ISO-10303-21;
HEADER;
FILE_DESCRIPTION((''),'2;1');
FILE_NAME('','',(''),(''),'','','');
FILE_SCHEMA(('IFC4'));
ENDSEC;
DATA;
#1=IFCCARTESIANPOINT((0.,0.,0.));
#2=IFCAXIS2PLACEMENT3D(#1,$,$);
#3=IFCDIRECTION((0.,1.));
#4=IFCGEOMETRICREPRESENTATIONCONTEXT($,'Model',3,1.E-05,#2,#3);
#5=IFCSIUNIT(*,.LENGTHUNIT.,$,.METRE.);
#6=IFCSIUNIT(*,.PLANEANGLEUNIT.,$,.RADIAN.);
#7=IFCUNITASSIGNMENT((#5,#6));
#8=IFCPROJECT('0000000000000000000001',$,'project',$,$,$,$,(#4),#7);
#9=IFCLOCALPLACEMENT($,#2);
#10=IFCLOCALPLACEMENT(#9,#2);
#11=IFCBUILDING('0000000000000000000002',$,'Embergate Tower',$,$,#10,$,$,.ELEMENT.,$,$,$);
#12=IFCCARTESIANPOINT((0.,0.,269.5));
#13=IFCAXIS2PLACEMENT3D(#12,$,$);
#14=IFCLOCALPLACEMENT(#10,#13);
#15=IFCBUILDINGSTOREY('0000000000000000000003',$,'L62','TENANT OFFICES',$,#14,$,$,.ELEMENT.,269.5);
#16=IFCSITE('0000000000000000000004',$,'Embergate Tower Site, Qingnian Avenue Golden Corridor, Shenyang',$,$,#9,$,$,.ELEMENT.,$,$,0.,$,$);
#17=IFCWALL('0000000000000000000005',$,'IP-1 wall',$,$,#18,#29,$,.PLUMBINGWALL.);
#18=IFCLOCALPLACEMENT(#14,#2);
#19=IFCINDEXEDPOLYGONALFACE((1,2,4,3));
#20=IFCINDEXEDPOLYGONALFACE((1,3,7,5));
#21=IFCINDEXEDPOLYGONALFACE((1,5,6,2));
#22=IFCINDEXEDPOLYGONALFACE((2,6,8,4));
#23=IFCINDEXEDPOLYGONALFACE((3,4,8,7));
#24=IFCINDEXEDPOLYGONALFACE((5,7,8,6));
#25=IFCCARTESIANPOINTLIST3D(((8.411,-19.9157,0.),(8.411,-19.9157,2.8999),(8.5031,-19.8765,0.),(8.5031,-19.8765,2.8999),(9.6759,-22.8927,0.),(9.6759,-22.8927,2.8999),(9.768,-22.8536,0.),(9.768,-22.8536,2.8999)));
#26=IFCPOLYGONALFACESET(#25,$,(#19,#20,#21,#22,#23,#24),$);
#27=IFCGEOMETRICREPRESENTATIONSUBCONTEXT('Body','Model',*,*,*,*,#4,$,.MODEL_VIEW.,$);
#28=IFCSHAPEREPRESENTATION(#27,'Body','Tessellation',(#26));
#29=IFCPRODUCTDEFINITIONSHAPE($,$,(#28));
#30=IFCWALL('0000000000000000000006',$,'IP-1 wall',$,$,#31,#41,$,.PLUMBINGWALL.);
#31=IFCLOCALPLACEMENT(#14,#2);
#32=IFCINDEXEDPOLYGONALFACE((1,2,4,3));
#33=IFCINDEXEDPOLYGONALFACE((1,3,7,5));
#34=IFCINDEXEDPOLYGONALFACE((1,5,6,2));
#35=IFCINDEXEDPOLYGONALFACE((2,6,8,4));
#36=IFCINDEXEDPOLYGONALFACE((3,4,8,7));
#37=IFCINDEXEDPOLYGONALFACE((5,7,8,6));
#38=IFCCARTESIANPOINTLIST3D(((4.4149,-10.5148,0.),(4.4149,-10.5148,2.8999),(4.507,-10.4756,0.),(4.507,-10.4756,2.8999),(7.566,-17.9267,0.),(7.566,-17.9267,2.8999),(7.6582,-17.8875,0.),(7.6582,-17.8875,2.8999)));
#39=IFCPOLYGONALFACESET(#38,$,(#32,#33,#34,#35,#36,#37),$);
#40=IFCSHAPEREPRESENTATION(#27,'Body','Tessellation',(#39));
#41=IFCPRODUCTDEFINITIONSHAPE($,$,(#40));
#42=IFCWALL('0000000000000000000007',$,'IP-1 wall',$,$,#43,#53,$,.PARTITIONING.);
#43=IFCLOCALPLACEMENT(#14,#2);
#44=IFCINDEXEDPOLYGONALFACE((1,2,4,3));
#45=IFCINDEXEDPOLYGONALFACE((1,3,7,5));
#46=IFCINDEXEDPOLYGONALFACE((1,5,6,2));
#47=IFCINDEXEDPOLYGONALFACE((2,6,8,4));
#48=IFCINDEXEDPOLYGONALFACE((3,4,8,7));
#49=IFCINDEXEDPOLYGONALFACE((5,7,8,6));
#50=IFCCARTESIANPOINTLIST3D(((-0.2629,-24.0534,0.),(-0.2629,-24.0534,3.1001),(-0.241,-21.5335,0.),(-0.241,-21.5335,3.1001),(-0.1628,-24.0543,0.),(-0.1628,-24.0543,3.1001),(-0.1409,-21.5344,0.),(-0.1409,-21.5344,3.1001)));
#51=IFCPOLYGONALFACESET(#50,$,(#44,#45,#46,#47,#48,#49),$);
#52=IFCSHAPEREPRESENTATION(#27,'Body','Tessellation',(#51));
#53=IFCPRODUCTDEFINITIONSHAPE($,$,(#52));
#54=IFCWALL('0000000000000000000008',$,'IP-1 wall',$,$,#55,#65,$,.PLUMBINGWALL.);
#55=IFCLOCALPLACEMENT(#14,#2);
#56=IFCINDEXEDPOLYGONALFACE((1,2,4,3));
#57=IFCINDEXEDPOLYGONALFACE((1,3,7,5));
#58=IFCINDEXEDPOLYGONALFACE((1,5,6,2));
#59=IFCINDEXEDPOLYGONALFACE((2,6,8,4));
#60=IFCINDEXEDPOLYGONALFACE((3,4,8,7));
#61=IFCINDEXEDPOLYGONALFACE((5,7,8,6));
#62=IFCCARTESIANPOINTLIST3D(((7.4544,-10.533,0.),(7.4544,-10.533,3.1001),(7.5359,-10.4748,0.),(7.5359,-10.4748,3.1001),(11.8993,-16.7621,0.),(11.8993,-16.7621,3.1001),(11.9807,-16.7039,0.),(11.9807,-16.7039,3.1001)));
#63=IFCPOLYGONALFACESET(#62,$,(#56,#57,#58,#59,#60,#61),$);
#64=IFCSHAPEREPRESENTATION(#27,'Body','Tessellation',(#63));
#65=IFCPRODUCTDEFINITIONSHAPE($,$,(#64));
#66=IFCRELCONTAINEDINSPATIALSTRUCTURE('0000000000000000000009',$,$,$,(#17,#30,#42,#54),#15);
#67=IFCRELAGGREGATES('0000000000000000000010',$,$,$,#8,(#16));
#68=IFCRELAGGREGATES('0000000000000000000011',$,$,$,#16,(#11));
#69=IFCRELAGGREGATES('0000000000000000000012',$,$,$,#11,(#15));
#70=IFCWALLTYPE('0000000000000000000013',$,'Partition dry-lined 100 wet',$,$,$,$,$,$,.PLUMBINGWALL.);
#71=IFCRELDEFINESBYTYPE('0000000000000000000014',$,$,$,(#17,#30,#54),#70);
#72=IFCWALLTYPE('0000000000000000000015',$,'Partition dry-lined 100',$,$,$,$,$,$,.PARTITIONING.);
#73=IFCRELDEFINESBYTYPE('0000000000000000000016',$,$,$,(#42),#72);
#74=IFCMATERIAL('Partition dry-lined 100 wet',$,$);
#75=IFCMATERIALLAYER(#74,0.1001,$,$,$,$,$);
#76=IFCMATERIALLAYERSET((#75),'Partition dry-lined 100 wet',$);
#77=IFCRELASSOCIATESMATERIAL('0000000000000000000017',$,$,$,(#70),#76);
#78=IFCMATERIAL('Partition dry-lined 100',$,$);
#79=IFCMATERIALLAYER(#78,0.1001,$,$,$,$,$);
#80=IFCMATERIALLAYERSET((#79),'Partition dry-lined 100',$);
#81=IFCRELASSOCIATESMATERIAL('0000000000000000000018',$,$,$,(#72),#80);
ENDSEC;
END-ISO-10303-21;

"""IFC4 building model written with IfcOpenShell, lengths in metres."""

from ifc_helpers import new_model, si_unit, direction, frame, frame_2d, origin, place, context, subcontext, project, spatial, rectangle, extrude, source, transform, mapped, material, layer, layer_set, type_object, element, save


model = new_model("IFC4")

# Units and contexts
model_context = context("Model", 3, precision=1e-05, world=origin(), true_north=direction((0.0, 1.0)))
body_context = subcontext(model_context, "Body", "Model", "MODEL_VIEW")
ifc_project = project(units=[si_unit("LENGTHUNIT", "METRE"), si_unit("PLANEANGLEUNIT", "RADIAN")], contexts=[model_context])

# Site, building, storey
site_placement = place(None, origin())
site = spatial("IfcSite", under=ifc_project, at=site_placement, Name="Embergate Tower Site, Qingnian Avenue Golden Corridor, Shenyang", CompositionType="ELEMENT", RefElevation=0.0)
building_placement = place(site_placement, origin())
building = spatial("IfcBuilding", under=site, at=building_placement, Name="Embergate Tower", CompositionType="ELEMENT")
storey_placement = place(building_placement, frame((0.0, 0.0, 269.5)))
storey = spatial("IfcBuildingStorey", under=building, at=storey_placement, Name="L62", Description="TENANT OFFICES", CompositionType="ELEMENT", Elevation=269.5)

# Walls
ifc_material_1 = material(Name="Partition dry-lined 100 wet")
ifc_layer_1 = layer(ifc_material_1, 0.1001)
ifc_layer_set_1 = layer_set([ifc_layer_1], Name="Partition dry-lined 100 wet")
wall_type_1 = type_object("IfcWallType", Name="Partition dry-lined 100 wet", PredefinedType="PLUMBINGWALL", material=ifc_layer_set_1)
shared_shape_1 = source(origin(), body_context, "Body", "SweptSolid", [
    extrude(rectangle(XDim=3.2346, YDim=0.1001, at=frame_2d((1.6172, 0.0))), origin(), (0.0, 0.0, 1.0), 2.8999),
])
wall_1_placement = place(storey_placement, frame((9.7219, -22.873, 0.0), z_axis=(0.0, 0.0, 1.0), x_axis=(-0.391048, 0.92037, 0.0)))
element("IfcWall", 1, at=wall_1_placement, inside=storey, type_object=wall_type_1, Name="IP-1 wall", PredefinedType="PLUMBINGWALL", context=body_context, shape_type="MappedRepresentation", body=[
    mapped(shared_shape_1, transform((0.0, 0.0, 0.0))),
])
shared_shape_2 = source(origin(), body_context, "Body", "SweptSolid", [
    extrude(rectangle(XDim=8.054, YDim=0.1001, at=frame_2d((4.0269, 0.0))), origin(), (0.0, 0.0, 1.0), 2.8999),
])
wall_2_placement = place(storey_placement, frame((7.6121, -17.907, 0.0), z_axis=(0.0, 0.0, 1.0), x_axis=(-0.391254, 0.920283, 0.0)))
element("IfcWall", 2, at=wall_2_placement, inside=storey, type_object=wall_type_1, Name="IP-1 wall", PredefinedType="PLUMBINGWALL", context=body_context, shape_type="MappedRepresentation", body=[
    mapped(shared_shape_2, transform((0.0, 0.0, 0.0))),
])
ifc_material_2 = material(Name="Partition dry-lined 100")
ifc_layer_2 = layer(ifc_material_2, 0.1001)
ifc_layer_set_2 = layer_set([ifc_layer_2], Name="Partition dry-lined 100")
wall_type_2 = type_object("IfcWallType", Name="Partition dry-lined 100", PredefinedType="PARTITIONING", material=ifc_layer_set_2)
shared_shape_3 = source(origin(), body_context, "Body", "SweptSolid", [
    extrude(rectangle(XDim=2.52, YDim=0.1001, at=frame_2d((1.26, 0.0))), origin(), (0.0, 0.0, 1.0), 3.1001),
])
wall_3_placement = place(storey_placement, frame((-0.1909, -21.5339, 0.0), z_axis=(0.0, 0.0, 1.0), x_axis=(-0.008719, -0.999962, 0.0)))
element("IfcWall", 3, at=wall_3_placement, inside=storey, type_object=wall_type_2, Name="IP-1 wall", PredefinedType="PARTITIONING", context=body_context, shape_type="MappedRepresentation", body=[
    mapped(shared_shape_3, transform((0.0, 0.0, 0.0))),
])
shared_shape_4 = source(origin(), body_context, "Body", "SweptSolid", [
    extrude(rectangle(XDim=7.6523, YDim=0.1001, at=frame_2d((3.8262, 0.0))), origin(), (0.0, 0.0, 1.0), 3.1001),
])
wall_4_placement = place(storey_placement, frame((7.4951, -10.5039, 0.0), z_axis=(0.0, 0.0, 1.0), x_axis=(0.580852, -0.814009, 0.0)))
element("IfcWall", 4, at=wall_4_placement, inside=storey, type_object=wall_type_1, Name="IP-1 wall", PredefinedType="PLUMBINGWALL", context=body_context, shape_type="MappedRepresentation", body=[
    mapped(shared_shape_4, transform((0.0, 0.0, 0.0))),
])

save(model, "model.ifc")
